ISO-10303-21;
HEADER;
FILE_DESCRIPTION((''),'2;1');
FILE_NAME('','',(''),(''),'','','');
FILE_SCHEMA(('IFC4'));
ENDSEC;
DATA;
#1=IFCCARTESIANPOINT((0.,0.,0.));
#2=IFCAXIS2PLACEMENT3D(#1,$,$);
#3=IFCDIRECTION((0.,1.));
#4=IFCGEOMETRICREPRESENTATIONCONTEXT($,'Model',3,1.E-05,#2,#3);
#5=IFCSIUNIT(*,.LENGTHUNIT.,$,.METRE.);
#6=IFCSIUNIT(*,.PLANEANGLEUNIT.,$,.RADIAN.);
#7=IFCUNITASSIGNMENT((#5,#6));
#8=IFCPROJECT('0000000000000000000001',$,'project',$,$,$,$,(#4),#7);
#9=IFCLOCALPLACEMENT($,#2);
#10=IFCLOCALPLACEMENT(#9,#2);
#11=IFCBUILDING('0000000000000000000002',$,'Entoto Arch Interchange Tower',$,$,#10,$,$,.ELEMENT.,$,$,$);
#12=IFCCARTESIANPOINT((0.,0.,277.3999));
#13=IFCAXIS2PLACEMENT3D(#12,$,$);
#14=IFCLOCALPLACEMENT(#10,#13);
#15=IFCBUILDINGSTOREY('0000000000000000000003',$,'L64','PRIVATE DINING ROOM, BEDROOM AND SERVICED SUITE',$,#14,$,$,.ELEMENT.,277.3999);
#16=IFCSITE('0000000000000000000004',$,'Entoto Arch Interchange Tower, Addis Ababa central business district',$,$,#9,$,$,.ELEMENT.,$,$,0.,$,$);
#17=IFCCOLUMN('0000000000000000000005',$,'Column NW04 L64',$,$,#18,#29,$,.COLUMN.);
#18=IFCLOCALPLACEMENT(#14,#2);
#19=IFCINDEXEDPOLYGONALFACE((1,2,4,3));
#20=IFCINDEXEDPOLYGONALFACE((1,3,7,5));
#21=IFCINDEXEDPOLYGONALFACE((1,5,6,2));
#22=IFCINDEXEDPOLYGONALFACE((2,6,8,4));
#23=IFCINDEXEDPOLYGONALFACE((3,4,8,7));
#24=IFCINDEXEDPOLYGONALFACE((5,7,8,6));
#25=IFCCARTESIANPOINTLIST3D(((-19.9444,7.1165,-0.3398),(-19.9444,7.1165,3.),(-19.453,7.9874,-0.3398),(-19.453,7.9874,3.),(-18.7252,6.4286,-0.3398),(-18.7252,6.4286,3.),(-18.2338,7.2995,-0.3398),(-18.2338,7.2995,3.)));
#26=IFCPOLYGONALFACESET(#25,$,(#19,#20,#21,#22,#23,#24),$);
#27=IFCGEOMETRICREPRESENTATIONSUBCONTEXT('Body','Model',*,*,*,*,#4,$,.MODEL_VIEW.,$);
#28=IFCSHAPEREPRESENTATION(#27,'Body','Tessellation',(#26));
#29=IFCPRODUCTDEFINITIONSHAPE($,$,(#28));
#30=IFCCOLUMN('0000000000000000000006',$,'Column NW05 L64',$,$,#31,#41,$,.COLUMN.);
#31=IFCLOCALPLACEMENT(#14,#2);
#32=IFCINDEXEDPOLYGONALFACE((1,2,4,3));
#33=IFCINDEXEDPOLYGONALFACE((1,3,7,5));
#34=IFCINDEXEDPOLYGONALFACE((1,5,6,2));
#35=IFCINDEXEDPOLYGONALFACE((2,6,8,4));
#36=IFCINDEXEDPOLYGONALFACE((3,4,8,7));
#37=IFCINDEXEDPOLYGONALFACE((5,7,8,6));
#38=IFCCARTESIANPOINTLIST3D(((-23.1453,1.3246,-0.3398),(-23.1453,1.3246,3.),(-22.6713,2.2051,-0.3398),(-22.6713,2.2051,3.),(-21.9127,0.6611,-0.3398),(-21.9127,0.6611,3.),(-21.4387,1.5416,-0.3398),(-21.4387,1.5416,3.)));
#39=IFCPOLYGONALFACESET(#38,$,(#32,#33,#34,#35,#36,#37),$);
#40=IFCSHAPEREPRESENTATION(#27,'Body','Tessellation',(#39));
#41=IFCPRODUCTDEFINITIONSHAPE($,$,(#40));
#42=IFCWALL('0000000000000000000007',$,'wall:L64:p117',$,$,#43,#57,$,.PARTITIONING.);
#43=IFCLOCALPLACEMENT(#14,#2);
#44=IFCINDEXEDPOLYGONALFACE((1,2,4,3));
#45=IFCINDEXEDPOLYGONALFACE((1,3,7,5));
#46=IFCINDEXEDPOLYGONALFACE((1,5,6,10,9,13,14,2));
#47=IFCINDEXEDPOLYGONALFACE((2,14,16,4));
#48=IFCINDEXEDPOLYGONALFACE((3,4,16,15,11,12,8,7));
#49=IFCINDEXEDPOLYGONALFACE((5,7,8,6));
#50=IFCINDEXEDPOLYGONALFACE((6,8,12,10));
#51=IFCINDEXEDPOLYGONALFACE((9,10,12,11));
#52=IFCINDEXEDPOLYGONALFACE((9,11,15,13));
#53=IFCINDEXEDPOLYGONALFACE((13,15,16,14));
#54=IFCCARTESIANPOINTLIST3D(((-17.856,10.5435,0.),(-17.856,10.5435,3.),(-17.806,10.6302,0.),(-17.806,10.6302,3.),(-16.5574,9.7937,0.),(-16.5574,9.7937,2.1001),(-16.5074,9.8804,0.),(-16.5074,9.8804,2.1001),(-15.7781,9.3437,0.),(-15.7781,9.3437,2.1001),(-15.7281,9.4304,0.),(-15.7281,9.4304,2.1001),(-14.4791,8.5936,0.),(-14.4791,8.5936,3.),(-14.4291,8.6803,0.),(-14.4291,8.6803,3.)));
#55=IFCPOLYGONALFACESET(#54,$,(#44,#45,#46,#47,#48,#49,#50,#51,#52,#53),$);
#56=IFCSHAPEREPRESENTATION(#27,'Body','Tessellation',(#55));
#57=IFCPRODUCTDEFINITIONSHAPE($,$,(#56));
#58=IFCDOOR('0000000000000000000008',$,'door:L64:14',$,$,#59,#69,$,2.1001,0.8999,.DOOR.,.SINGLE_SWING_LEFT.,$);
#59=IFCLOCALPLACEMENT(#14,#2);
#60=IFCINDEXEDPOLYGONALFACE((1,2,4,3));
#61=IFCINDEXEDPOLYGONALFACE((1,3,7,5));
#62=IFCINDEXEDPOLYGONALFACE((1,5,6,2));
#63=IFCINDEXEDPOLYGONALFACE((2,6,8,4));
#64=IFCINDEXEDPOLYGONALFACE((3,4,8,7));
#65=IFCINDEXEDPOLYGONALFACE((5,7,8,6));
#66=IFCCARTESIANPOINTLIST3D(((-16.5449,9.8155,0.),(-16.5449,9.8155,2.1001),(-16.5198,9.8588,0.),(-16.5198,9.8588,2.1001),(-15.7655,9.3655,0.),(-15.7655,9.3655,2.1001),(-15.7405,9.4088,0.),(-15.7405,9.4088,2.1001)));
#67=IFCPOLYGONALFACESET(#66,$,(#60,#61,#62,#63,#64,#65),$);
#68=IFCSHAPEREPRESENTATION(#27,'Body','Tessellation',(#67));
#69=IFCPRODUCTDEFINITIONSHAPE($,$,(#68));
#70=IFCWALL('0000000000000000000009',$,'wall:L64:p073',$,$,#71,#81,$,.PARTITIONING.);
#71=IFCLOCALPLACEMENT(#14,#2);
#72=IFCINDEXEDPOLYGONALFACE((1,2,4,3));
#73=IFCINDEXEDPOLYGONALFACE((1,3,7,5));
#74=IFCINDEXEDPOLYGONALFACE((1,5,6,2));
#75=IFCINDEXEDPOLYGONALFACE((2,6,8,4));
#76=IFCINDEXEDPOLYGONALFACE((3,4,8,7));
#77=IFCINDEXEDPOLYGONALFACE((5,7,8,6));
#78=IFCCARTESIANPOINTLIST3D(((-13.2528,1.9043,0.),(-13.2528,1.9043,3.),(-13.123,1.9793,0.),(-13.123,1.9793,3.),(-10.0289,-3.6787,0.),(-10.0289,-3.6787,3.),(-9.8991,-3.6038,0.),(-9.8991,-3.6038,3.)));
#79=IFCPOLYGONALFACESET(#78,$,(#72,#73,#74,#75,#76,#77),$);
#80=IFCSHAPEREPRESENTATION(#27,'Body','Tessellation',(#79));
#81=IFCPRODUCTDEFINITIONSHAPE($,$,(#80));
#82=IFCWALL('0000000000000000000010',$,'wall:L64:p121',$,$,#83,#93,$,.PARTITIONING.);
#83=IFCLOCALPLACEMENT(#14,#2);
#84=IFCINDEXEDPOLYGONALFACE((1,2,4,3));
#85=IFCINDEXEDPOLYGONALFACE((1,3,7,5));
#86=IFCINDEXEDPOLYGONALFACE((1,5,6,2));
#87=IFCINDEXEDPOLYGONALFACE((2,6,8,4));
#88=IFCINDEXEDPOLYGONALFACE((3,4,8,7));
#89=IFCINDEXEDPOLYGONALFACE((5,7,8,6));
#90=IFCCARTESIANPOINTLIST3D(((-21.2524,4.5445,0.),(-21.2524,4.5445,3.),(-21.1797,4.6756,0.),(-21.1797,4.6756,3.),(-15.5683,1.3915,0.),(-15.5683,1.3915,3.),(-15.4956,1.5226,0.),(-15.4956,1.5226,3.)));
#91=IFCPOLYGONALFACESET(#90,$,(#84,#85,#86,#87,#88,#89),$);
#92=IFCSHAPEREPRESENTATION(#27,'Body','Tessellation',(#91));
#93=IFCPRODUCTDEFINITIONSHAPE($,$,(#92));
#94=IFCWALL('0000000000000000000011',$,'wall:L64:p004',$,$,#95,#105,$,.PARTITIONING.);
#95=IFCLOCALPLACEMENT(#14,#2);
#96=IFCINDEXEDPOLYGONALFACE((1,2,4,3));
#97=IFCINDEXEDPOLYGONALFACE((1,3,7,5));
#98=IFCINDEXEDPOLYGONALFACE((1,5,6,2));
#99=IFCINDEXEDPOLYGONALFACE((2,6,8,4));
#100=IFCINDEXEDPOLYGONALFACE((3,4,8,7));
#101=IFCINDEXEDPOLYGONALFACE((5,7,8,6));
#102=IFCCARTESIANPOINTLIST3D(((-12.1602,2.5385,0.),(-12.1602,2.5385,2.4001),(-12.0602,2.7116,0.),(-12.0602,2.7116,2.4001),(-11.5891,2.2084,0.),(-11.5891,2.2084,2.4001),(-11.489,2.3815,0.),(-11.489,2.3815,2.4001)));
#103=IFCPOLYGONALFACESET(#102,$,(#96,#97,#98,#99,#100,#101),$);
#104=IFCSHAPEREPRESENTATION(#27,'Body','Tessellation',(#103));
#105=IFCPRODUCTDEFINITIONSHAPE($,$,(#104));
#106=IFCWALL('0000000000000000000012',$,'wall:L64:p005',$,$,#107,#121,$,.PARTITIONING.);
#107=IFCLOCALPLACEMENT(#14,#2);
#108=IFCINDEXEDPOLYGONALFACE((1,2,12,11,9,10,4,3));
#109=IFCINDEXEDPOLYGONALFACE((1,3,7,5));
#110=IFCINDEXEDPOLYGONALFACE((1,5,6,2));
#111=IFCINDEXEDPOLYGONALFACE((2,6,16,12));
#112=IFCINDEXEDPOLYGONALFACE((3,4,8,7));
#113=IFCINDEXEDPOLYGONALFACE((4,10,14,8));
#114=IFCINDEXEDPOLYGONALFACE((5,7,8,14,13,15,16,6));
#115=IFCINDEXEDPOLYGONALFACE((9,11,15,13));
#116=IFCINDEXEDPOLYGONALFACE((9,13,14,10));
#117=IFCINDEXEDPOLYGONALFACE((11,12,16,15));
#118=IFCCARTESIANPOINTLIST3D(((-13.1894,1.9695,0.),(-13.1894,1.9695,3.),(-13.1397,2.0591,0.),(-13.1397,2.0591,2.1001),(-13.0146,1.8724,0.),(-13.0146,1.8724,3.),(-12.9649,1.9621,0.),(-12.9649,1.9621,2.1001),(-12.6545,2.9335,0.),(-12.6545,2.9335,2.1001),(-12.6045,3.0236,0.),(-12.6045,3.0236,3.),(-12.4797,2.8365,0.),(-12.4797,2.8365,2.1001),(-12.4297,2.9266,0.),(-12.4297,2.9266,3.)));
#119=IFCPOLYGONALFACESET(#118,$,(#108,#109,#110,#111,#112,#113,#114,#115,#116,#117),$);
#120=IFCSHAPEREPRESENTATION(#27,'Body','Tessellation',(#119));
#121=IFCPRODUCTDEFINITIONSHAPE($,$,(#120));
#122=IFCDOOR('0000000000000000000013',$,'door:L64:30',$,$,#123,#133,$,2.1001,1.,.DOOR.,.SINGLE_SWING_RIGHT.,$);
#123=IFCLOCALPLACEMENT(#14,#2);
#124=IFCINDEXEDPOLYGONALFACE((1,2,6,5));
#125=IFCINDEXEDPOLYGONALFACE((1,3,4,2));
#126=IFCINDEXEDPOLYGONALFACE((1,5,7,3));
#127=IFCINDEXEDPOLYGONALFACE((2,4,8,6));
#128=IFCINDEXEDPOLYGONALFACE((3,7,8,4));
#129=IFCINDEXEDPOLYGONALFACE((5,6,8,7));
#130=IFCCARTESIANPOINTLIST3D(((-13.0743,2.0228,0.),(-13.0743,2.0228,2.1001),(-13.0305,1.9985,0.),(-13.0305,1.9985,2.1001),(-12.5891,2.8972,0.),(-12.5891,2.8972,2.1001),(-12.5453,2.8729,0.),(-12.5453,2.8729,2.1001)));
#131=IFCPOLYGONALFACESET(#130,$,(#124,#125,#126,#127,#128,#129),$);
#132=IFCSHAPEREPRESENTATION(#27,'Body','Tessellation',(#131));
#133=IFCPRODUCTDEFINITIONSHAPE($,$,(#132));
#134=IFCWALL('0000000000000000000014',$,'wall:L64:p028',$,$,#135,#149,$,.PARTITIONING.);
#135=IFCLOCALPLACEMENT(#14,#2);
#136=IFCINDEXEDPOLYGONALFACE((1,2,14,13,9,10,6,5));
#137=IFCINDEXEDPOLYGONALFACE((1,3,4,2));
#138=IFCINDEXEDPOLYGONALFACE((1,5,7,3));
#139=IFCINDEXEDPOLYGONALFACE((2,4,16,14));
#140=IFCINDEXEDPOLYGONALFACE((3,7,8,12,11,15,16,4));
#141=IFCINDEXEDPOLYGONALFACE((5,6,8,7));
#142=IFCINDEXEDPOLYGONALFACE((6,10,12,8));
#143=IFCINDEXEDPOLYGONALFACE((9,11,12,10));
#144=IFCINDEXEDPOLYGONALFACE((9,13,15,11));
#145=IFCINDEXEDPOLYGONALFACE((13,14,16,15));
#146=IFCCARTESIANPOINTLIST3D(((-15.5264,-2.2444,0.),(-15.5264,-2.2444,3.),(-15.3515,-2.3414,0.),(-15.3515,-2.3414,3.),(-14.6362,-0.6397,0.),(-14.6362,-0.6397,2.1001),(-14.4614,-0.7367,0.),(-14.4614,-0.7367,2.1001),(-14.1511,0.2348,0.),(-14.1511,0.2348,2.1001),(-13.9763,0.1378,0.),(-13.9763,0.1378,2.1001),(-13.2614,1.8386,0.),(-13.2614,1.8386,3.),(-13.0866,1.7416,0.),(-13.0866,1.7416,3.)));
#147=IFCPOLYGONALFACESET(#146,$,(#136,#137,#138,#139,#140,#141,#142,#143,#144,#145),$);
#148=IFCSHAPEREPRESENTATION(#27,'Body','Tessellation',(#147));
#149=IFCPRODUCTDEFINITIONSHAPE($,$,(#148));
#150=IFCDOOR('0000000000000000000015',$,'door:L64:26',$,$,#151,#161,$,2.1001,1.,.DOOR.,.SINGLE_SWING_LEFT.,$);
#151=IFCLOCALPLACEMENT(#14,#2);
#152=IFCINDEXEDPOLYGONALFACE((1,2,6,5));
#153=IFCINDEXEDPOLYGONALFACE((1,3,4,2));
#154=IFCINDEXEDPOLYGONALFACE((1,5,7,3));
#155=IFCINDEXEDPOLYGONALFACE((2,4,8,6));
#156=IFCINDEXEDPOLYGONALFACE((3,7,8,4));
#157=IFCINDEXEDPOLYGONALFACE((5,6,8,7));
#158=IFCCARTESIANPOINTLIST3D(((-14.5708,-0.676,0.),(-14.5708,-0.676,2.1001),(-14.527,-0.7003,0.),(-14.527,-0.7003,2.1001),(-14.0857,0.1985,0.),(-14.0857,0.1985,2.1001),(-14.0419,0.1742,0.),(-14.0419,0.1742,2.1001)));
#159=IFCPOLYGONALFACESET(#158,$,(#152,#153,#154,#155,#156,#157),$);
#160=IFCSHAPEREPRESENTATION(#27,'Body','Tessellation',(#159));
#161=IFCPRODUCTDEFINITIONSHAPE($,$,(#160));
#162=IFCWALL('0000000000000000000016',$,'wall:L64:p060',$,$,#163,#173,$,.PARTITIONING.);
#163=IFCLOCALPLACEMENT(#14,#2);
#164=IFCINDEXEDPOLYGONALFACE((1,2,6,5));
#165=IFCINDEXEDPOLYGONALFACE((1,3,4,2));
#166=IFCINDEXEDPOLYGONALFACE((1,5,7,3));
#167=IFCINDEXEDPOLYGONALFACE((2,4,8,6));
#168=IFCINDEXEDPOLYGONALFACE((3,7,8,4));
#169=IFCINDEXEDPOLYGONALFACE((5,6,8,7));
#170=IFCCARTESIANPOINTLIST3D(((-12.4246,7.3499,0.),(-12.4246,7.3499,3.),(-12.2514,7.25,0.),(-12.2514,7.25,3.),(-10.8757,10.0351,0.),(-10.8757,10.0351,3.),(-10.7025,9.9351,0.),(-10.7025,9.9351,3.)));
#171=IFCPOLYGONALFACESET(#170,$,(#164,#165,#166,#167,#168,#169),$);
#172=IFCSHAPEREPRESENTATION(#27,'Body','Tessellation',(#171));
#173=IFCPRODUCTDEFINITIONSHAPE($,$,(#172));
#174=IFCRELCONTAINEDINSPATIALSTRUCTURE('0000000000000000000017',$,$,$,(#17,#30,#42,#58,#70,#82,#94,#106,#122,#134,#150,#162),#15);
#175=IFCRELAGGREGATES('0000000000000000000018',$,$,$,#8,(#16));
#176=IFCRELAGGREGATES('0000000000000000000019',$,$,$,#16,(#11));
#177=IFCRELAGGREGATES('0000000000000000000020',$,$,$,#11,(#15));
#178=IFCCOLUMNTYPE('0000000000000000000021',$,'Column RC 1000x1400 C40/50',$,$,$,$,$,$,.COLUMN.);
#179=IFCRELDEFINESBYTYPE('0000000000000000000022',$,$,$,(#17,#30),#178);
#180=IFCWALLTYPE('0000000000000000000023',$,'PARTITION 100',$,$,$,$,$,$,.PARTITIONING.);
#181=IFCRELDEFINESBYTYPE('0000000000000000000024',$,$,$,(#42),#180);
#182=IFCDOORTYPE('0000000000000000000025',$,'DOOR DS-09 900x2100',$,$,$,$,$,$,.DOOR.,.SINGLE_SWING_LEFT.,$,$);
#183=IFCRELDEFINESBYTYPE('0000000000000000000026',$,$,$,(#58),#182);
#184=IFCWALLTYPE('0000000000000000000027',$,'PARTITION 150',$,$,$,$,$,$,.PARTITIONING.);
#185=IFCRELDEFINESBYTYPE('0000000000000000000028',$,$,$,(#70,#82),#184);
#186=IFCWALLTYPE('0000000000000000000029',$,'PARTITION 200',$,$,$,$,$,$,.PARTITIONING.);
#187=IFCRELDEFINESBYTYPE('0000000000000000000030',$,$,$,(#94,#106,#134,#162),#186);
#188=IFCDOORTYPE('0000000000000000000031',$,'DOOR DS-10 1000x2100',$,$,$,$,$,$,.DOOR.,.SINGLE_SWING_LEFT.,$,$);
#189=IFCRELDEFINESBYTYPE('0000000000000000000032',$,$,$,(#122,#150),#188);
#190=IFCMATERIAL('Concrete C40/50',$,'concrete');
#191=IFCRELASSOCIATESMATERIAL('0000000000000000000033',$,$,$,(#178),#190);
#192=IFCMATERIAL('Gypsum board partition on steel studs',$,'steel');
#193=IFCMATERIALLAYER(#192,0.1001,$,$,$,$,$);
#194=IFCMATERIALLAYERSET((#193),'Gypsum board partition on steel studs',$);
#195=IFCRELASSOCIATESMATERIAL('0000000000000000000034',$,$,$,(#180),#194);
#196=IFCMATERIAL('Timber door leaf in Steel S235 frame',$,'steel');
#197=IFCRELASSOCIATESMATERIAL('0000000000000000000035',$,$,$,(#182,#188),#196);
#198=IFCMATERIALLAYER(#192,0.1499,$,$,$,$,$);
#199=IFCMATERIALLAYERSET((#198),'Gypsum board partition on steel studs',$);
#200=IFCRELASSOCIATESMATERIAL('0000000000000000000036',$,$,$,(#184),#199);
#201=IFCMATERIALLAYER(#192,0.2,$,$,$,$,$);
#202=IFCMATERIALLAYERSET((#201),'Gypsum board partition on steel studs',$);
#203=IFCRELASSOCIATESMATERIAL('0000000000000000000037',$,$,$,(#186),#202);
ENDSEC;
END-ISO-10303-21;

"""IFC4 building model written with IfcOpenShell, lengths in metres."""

from ifc_helpers import new_model, si_unit, direction, frame, frame_2d, origin, origin_2d, place, context, subcontext, project, spatial, rectangle, extrude, material, layer, layer_set, material_profile, profile_set, type_object, element, fill, save


model = new_model("IFC4")

# Units and contexts
model_context = context("Model", 3, precision=1e-05, world=origin(), true_north=direction((0.0, 1.0)))
body_context = subcontext(model_context, "Body", "Model", "MODEL_VIEW")
ifc_project = project(units=[si_unit("LENGTHUNIT", "METRE"), si_unit("PLANEANGLEUNIT", "RADIAN")], contexts=[model_context])

# Site, building, storey
site_placement = place(None, origin())
site = spatial("IfcSite", under=ifc_project, at=site_placement, Name="Entoto Arch Interchange Tower, Addis Ababa central business district", CompositionType="ELEMENT", RefElevation=0.0)
building_placement = place(site_placement, origin())
building = spatial("IfcBuilding", under=site, at=building_placement, Name="Entoto Arch Interchange Tower", CompositionType="ELEMENT")
storey_placement = place(building_placement, frame((0.0, 0.0, 277.3999)))
storey = spatial("IfcBuildingStorey", under=building, at=storey_placement, Name="L64", Description="PRIVATE DINING ROOM, BEDROOM AND SERVICED SUITE", CompositionType="ELEMENT", Elevation=277.3999)

# Columns
ifc_material_1 = material(Name="Concrete C40/50", Category="concrete")
ifc_material_profile = material_profile(ifc_material_1, rectangle(XDim=1.0, YDim=1.3999, at=origin_2d()))
ifc_profile_set = profile_set([ifc_material_profile], Name="Concrete C40/50")
column_type = type_object("IfcColumnType", Name="Column RC 1000x1400 C40/50", PredefinedType="COLUMN", material=ifc_profile_set)
for number, where, z_axis, x_axis, name in (
    (1, (-19.0891, 7.208, -0.3398), (0.0, 0.0, 1.0), (0.491375, 0.870948, 0.0), "Column NW04 L64"),
    (2, (-22.292, 1.4331, -0.3398), (0.0, 0.0, 1.0), (0.473981, 0.880535, 0.0), "Column NW05 L64"),
):
    element("IfcColumn", number, at=place(storey_placement, frame(where, z_axis=z_axis, x_axis=x_axis)), inside=storey, type_object=column_type, Name=name, PredefinedType="COLUMN", context=body_context, shape_type="SweptSolid", body=[
        extrude(rectangle(XDim=1.0, YDim=1.3999, at=origin_2d()), origin(), (0.0, 0.0, 1.0), 3.3398),
    ])

# Wall, opening, door
ifc_material_2 = material(Name="Gypsum board partition on steel studs", Category="steel")
ifc_layer_1 = layer(ifc_material_2, 0.1001)
ifc_layer_set_1 = layer_set([ifc_layer_1], Name="Gypsum board partition on steel studs")
wall_type_1 = type_object("IfcWallType", Name="PARTITION 100", PredefinedType="PARTITIONING", material=ifc_layer_set_1)
wall_1_placement = place(storey_placement, frame((-14.4541, 8.637, 0.0), z_axis=(0.0, 0.0, 1.0), x_axis=(-0.865996, 0.500051, 0.0)))
wall_1 = element("IfcWall", 3, at=wall_1_placement, inside=storey, type_object=wall_type_1, Name="wall:L64:p117", PredefinedType="PARTITIONING", context=body_context, shape_type="SweptSolid", body=[
    extrude(rectangle(XDim=3.8994, YDim=0.1001, at=frame_2d((1.9497, 0.0))), origin(), (0.0, 0.0, 1.0), 3.0),
])
opening_1_placement = place(wall_1_placement, frame((1.5, 0.0, 0.0)))
opening_1 = element("IfcOpeningElement", 4, at=opening_1_placement, cuts=wall_1, PredefinedType="OPENING", context=body_context, shape_type="SweptSolid", body=[
    extrude(rectangle(XDim=0.8999, YDim=2.1001, at=frame_2d((0.45, 1.05))), frame((0.0, 0.0601, 0.0), z_axis=(0.0, -1.0, 0.0), x_axis=(1.0, 0.0, 0.0)), (0.0, 0.0, 1.0), 0.1201),
])
ifc_material_3 = material(Name="Timber door leaf in Steel S235 frame", Category="steel")
door_type_1 = type_object("IfcDoorType", Name="DOOR DS-09 900x2100", OperationType="SINGLE_SWING_LEFT", PredefinedType="DOOR", material=ifc_material_3)
door_1_placement = place(opening_1_placement, origin())
door_1 = element("IfcDoor", 5, at=door_1_placement, inside=storey, type_object=door_type_1, Name="door:L64:14", OperationType="SINGLE_SWING_LEFT", OverallHeight=2.1001, OverallWidth=0.8999, PredefinedType="DOOR", context=body_context, shape_type="SweptSolid", body=[
    extrude(rectangle(XDim=0.8999, YDim=2.1001, at=frame_2d((0.45, 1.05))), frame((0.0, 0.0249, 0.0), z_axis=(0.0, -1.0, 0.0), x_axis=(1.0, 0.0, 0.0)), (0.0, 0.0, 1.0), 0.05),
])
fill(opening_1, door_1)

# Walls
ifc_layer_2 = layer(ifc_material_2, 0.1499)
ifc_layer_set_2 = layer_set([ifc_layer_2], Name="Gypsum board partition on steel studs")
wall_type_2 = type_object("IfcWallType", Name="PARTITION 150", PredefinedType="PARTITIONING", material=ifc_layer_set_2)
wall_2_placement = place(storey_placement, frame((-13.188, 1.9419, 0.0), z_axis=(0.0, 0.0, 1.0), x_axis=(0.500061, -0.86599, 0.0)))
element("IfcWall", 6, at=wall_2_placement, inside=storey, type_object=wall_type_2, Name="wall:L64:p073", PredefinedType="PARTITIONING", context=body_context, shape_type="SweptSolid", body=[
    extrude(rectangle(XDim=6.447, YDim=0.1499, at=frame_2d((3.2236, 0.0))), origin(), (0.0, 0.0, 1.0), 3.0),
])
wall_3_placement = place(storey_placement, frame((-15.532, 1.457, 0.0), z_axis=(0.0, 0.0, 1.0), x_axis=(-0.874467, 0.485085, 0.0)))
element("IfcWall", 7, at=wall_3_placement, inside=storey, type_object=wall_type_2, Name="wall:L64:p121", PredefinedType="PARTITIONING", context=body_context, shape_type="SweptSolid", body=[
    extrude(rectangle(XDim=6.5, YDim=0.1499, at=frame_2d((3.25, 0.0))), origin(), (0.0, 0.0, 1.0), 3.0),
])
ifc_layer_3 = layer(ifc_material_2, 0.2)
ifc_layer_set_3 = layer_set([ifc_layer_3], Name="Gypsum board partition on steel studs")
wall_type_3 = type_object("IfcWallType", Name="PARTITION 200", PredefinedType="PARTITIONING", material=ifc_layer_set_3)
wall_4_placement = place(storey_placement, frame((-11.5391, 2.2949, 0.0), z_axis=(0.0, 0.0, 1.0), x_axis=(-0.865772, 0.500438, 0.0)))
element("IfcWall", 8, at=wall_4_placement, inside=storey, type_object=wall_type_3, Name="wall:L64:p004", PredefinedType="PARTITIONING", context=body_context, shape_type="SweptSolid", body=[
    extrude(rectangle(XDim=0.6597, YDim=0.2, at=frame_2d((0.3298, 0.0))), origin(), (0.0, 0.0, 1.0), 2.4001),
])

# Walls, openings, doors
wall_5_placement = place(storey_placement, frame((-12.5171, 2.9751, 0.0), z_axis=(0.0, 0.0, 1.0), x_axis=(-0.485196, -0.874406, 0.0)))
wall_5 = element("IfcWall", 9, at=wall_5_placement, inside=storey, type_object=wall_type_3, Name="wall:L64:p005", PredefinedType="PARTITIONING", context=body_context, shape_type="SweptSolid", body=[
    extrude(rectangle(XDim=1.2056, YDim=0.2, at=frame_2d((0.6028, 0.0))), origin(), (0.0, 0.0, 1.0), 3.0),
])
opening_2_placement = place(wall_5_placement, frame((0.103, 0.0, 0.0)))
opening_2 = element("IfcOpeningElement", 10, at=opening_2_placement, cuts=wall_5, PredefinedType="OPENING", context=body_context, shape_type="SweptSolid", body=[
    extrude(rectangle(XDim=1.0, YDim=2.1001, at=frame_2d((0.5, 1.05))), frame((0.0, 0.1099, 0.0), z_axis=(0.0, -1.0, 0.0), x_axis=(1.0, 0.0, 0.0)), (0.0, 0.0, 1.0), 0.22),
])
door_type_2 = type_object("IfcDoorType", Name="DOOR DS-10 1000x2100", OperationType="SINGLE_SWING_LEFT", PredefinedType="DOOR", material=ifc_material_3)
door_2_placement = place(opening_2_placement, origin())
door_2 = element("IfcDoor", 11, at=door_2_placement, inside=storey, type_object=door_type_2, Name="door:L64:30", OperationType="SINGLE_SWING_RIGHT", OverallHeight=2.1001, OverallWidth=1.0, PredefinedType="DOOR", context=body_context, shape_type="SweptSolid", body=[
    extrude(rectangle(XDim=1.0, YDim=2.1001, at=frame_2d((0.5, 1.05))), frame((0.0, 0.0249, 0.0), z_axis=(0.0, -1.0, 0.0), x_axis=(1.0, 0.0, 0.0)), (0.0, 0.0, 1.0), 0.05),
])
fill(opening_2, door_2)
wall_6_placement = place(storey_placement, frame((-13.1741, 1.79, 0.0), z_axis=(0.0, 0.0, 1.0), x_axis=(-0.485079, -0.87447, 0.0)))
wall_6 = element("IfcWall", 12, at=wall_6_placement, inside=storey, type_object=wall_type_3, Name="wall:L64:p028", PredefinedType="PARTITIONING", context=body_context, shape_type="SweptSolid", body=[
    extrude(rectangle(XDim=4.6692, YDim=0.2, at=frame_2d((2.3345, 0.0))), origin(), (0.0, 0.0, 1.0), 3.0),
])
opening_3_placement = place(wall_6_placement, frame((1.834, 0.0, 0.0)))
opening_3 = element("IfcOpeningElement", 13, at=opening_3_placement, cuts=wall_6, PredefinedType="OPENING", context=body_context, shape_type="SweptSolid", body=[
    extrude(rectangle(XDim=1.0, YDim=2.1001, at=frame_2d((0.5, 1.05))), frame((0.0, 0.1099, 0.0), z_axis=(0.0, -1.0, 0.0), x_axis=(1.0, 0.0, 0.0)), (0.0, 0.0, 1.0), 0.22),
])
door_3_placement = place(opening_3_placement, origin())
door_3 = element("IfcDoor", 14, at=door_3_placement, inside=storey, type_object=door_type_2, Name="door:L64:26", OperationType="SINGLE_SWING_LEFT", OverallHeight=2.1001, OverallWidth=1.0, PredefinedType="DOOR", context=body_context, shape_type="SweptSolid", body=[
    extrude(rectangle(XDim=1.0, YDim=2.1001, at=frame_2d((0.5, 1.05))), frame((0.0, 0.0249, 0.0), z_axis=(0.0, -1.0, 0.0), x_axis=(1.0, 0.0, 0.0)), (0.0, 0.0, 1.0), 0.05),
])
fill(opening_3, door_3)

# Wall
wall_7_placement = place(storey_placement, frame((-12.3379, 7.3, 0.0), z_axis=(0.0, 0.0, 1.0), x_axis=(0.499663, 0.86622, 0.0)))
element("IfcWall", 15, at=wall_7_placement, inside=storey, type_object=wall_type_3, Name="wall:L64:p060", PredefinedType="PARTITIONING", context=body_context, shape_type="SweptSolid", body=[
    extrude(rectangle(XDim=3.0999, YDim=0.2, at=frame_2d((1.5498, 0.0))), origin(), (0.0, 0.0, 1.0), 3.0),
])

save(model, "model.ifc")
